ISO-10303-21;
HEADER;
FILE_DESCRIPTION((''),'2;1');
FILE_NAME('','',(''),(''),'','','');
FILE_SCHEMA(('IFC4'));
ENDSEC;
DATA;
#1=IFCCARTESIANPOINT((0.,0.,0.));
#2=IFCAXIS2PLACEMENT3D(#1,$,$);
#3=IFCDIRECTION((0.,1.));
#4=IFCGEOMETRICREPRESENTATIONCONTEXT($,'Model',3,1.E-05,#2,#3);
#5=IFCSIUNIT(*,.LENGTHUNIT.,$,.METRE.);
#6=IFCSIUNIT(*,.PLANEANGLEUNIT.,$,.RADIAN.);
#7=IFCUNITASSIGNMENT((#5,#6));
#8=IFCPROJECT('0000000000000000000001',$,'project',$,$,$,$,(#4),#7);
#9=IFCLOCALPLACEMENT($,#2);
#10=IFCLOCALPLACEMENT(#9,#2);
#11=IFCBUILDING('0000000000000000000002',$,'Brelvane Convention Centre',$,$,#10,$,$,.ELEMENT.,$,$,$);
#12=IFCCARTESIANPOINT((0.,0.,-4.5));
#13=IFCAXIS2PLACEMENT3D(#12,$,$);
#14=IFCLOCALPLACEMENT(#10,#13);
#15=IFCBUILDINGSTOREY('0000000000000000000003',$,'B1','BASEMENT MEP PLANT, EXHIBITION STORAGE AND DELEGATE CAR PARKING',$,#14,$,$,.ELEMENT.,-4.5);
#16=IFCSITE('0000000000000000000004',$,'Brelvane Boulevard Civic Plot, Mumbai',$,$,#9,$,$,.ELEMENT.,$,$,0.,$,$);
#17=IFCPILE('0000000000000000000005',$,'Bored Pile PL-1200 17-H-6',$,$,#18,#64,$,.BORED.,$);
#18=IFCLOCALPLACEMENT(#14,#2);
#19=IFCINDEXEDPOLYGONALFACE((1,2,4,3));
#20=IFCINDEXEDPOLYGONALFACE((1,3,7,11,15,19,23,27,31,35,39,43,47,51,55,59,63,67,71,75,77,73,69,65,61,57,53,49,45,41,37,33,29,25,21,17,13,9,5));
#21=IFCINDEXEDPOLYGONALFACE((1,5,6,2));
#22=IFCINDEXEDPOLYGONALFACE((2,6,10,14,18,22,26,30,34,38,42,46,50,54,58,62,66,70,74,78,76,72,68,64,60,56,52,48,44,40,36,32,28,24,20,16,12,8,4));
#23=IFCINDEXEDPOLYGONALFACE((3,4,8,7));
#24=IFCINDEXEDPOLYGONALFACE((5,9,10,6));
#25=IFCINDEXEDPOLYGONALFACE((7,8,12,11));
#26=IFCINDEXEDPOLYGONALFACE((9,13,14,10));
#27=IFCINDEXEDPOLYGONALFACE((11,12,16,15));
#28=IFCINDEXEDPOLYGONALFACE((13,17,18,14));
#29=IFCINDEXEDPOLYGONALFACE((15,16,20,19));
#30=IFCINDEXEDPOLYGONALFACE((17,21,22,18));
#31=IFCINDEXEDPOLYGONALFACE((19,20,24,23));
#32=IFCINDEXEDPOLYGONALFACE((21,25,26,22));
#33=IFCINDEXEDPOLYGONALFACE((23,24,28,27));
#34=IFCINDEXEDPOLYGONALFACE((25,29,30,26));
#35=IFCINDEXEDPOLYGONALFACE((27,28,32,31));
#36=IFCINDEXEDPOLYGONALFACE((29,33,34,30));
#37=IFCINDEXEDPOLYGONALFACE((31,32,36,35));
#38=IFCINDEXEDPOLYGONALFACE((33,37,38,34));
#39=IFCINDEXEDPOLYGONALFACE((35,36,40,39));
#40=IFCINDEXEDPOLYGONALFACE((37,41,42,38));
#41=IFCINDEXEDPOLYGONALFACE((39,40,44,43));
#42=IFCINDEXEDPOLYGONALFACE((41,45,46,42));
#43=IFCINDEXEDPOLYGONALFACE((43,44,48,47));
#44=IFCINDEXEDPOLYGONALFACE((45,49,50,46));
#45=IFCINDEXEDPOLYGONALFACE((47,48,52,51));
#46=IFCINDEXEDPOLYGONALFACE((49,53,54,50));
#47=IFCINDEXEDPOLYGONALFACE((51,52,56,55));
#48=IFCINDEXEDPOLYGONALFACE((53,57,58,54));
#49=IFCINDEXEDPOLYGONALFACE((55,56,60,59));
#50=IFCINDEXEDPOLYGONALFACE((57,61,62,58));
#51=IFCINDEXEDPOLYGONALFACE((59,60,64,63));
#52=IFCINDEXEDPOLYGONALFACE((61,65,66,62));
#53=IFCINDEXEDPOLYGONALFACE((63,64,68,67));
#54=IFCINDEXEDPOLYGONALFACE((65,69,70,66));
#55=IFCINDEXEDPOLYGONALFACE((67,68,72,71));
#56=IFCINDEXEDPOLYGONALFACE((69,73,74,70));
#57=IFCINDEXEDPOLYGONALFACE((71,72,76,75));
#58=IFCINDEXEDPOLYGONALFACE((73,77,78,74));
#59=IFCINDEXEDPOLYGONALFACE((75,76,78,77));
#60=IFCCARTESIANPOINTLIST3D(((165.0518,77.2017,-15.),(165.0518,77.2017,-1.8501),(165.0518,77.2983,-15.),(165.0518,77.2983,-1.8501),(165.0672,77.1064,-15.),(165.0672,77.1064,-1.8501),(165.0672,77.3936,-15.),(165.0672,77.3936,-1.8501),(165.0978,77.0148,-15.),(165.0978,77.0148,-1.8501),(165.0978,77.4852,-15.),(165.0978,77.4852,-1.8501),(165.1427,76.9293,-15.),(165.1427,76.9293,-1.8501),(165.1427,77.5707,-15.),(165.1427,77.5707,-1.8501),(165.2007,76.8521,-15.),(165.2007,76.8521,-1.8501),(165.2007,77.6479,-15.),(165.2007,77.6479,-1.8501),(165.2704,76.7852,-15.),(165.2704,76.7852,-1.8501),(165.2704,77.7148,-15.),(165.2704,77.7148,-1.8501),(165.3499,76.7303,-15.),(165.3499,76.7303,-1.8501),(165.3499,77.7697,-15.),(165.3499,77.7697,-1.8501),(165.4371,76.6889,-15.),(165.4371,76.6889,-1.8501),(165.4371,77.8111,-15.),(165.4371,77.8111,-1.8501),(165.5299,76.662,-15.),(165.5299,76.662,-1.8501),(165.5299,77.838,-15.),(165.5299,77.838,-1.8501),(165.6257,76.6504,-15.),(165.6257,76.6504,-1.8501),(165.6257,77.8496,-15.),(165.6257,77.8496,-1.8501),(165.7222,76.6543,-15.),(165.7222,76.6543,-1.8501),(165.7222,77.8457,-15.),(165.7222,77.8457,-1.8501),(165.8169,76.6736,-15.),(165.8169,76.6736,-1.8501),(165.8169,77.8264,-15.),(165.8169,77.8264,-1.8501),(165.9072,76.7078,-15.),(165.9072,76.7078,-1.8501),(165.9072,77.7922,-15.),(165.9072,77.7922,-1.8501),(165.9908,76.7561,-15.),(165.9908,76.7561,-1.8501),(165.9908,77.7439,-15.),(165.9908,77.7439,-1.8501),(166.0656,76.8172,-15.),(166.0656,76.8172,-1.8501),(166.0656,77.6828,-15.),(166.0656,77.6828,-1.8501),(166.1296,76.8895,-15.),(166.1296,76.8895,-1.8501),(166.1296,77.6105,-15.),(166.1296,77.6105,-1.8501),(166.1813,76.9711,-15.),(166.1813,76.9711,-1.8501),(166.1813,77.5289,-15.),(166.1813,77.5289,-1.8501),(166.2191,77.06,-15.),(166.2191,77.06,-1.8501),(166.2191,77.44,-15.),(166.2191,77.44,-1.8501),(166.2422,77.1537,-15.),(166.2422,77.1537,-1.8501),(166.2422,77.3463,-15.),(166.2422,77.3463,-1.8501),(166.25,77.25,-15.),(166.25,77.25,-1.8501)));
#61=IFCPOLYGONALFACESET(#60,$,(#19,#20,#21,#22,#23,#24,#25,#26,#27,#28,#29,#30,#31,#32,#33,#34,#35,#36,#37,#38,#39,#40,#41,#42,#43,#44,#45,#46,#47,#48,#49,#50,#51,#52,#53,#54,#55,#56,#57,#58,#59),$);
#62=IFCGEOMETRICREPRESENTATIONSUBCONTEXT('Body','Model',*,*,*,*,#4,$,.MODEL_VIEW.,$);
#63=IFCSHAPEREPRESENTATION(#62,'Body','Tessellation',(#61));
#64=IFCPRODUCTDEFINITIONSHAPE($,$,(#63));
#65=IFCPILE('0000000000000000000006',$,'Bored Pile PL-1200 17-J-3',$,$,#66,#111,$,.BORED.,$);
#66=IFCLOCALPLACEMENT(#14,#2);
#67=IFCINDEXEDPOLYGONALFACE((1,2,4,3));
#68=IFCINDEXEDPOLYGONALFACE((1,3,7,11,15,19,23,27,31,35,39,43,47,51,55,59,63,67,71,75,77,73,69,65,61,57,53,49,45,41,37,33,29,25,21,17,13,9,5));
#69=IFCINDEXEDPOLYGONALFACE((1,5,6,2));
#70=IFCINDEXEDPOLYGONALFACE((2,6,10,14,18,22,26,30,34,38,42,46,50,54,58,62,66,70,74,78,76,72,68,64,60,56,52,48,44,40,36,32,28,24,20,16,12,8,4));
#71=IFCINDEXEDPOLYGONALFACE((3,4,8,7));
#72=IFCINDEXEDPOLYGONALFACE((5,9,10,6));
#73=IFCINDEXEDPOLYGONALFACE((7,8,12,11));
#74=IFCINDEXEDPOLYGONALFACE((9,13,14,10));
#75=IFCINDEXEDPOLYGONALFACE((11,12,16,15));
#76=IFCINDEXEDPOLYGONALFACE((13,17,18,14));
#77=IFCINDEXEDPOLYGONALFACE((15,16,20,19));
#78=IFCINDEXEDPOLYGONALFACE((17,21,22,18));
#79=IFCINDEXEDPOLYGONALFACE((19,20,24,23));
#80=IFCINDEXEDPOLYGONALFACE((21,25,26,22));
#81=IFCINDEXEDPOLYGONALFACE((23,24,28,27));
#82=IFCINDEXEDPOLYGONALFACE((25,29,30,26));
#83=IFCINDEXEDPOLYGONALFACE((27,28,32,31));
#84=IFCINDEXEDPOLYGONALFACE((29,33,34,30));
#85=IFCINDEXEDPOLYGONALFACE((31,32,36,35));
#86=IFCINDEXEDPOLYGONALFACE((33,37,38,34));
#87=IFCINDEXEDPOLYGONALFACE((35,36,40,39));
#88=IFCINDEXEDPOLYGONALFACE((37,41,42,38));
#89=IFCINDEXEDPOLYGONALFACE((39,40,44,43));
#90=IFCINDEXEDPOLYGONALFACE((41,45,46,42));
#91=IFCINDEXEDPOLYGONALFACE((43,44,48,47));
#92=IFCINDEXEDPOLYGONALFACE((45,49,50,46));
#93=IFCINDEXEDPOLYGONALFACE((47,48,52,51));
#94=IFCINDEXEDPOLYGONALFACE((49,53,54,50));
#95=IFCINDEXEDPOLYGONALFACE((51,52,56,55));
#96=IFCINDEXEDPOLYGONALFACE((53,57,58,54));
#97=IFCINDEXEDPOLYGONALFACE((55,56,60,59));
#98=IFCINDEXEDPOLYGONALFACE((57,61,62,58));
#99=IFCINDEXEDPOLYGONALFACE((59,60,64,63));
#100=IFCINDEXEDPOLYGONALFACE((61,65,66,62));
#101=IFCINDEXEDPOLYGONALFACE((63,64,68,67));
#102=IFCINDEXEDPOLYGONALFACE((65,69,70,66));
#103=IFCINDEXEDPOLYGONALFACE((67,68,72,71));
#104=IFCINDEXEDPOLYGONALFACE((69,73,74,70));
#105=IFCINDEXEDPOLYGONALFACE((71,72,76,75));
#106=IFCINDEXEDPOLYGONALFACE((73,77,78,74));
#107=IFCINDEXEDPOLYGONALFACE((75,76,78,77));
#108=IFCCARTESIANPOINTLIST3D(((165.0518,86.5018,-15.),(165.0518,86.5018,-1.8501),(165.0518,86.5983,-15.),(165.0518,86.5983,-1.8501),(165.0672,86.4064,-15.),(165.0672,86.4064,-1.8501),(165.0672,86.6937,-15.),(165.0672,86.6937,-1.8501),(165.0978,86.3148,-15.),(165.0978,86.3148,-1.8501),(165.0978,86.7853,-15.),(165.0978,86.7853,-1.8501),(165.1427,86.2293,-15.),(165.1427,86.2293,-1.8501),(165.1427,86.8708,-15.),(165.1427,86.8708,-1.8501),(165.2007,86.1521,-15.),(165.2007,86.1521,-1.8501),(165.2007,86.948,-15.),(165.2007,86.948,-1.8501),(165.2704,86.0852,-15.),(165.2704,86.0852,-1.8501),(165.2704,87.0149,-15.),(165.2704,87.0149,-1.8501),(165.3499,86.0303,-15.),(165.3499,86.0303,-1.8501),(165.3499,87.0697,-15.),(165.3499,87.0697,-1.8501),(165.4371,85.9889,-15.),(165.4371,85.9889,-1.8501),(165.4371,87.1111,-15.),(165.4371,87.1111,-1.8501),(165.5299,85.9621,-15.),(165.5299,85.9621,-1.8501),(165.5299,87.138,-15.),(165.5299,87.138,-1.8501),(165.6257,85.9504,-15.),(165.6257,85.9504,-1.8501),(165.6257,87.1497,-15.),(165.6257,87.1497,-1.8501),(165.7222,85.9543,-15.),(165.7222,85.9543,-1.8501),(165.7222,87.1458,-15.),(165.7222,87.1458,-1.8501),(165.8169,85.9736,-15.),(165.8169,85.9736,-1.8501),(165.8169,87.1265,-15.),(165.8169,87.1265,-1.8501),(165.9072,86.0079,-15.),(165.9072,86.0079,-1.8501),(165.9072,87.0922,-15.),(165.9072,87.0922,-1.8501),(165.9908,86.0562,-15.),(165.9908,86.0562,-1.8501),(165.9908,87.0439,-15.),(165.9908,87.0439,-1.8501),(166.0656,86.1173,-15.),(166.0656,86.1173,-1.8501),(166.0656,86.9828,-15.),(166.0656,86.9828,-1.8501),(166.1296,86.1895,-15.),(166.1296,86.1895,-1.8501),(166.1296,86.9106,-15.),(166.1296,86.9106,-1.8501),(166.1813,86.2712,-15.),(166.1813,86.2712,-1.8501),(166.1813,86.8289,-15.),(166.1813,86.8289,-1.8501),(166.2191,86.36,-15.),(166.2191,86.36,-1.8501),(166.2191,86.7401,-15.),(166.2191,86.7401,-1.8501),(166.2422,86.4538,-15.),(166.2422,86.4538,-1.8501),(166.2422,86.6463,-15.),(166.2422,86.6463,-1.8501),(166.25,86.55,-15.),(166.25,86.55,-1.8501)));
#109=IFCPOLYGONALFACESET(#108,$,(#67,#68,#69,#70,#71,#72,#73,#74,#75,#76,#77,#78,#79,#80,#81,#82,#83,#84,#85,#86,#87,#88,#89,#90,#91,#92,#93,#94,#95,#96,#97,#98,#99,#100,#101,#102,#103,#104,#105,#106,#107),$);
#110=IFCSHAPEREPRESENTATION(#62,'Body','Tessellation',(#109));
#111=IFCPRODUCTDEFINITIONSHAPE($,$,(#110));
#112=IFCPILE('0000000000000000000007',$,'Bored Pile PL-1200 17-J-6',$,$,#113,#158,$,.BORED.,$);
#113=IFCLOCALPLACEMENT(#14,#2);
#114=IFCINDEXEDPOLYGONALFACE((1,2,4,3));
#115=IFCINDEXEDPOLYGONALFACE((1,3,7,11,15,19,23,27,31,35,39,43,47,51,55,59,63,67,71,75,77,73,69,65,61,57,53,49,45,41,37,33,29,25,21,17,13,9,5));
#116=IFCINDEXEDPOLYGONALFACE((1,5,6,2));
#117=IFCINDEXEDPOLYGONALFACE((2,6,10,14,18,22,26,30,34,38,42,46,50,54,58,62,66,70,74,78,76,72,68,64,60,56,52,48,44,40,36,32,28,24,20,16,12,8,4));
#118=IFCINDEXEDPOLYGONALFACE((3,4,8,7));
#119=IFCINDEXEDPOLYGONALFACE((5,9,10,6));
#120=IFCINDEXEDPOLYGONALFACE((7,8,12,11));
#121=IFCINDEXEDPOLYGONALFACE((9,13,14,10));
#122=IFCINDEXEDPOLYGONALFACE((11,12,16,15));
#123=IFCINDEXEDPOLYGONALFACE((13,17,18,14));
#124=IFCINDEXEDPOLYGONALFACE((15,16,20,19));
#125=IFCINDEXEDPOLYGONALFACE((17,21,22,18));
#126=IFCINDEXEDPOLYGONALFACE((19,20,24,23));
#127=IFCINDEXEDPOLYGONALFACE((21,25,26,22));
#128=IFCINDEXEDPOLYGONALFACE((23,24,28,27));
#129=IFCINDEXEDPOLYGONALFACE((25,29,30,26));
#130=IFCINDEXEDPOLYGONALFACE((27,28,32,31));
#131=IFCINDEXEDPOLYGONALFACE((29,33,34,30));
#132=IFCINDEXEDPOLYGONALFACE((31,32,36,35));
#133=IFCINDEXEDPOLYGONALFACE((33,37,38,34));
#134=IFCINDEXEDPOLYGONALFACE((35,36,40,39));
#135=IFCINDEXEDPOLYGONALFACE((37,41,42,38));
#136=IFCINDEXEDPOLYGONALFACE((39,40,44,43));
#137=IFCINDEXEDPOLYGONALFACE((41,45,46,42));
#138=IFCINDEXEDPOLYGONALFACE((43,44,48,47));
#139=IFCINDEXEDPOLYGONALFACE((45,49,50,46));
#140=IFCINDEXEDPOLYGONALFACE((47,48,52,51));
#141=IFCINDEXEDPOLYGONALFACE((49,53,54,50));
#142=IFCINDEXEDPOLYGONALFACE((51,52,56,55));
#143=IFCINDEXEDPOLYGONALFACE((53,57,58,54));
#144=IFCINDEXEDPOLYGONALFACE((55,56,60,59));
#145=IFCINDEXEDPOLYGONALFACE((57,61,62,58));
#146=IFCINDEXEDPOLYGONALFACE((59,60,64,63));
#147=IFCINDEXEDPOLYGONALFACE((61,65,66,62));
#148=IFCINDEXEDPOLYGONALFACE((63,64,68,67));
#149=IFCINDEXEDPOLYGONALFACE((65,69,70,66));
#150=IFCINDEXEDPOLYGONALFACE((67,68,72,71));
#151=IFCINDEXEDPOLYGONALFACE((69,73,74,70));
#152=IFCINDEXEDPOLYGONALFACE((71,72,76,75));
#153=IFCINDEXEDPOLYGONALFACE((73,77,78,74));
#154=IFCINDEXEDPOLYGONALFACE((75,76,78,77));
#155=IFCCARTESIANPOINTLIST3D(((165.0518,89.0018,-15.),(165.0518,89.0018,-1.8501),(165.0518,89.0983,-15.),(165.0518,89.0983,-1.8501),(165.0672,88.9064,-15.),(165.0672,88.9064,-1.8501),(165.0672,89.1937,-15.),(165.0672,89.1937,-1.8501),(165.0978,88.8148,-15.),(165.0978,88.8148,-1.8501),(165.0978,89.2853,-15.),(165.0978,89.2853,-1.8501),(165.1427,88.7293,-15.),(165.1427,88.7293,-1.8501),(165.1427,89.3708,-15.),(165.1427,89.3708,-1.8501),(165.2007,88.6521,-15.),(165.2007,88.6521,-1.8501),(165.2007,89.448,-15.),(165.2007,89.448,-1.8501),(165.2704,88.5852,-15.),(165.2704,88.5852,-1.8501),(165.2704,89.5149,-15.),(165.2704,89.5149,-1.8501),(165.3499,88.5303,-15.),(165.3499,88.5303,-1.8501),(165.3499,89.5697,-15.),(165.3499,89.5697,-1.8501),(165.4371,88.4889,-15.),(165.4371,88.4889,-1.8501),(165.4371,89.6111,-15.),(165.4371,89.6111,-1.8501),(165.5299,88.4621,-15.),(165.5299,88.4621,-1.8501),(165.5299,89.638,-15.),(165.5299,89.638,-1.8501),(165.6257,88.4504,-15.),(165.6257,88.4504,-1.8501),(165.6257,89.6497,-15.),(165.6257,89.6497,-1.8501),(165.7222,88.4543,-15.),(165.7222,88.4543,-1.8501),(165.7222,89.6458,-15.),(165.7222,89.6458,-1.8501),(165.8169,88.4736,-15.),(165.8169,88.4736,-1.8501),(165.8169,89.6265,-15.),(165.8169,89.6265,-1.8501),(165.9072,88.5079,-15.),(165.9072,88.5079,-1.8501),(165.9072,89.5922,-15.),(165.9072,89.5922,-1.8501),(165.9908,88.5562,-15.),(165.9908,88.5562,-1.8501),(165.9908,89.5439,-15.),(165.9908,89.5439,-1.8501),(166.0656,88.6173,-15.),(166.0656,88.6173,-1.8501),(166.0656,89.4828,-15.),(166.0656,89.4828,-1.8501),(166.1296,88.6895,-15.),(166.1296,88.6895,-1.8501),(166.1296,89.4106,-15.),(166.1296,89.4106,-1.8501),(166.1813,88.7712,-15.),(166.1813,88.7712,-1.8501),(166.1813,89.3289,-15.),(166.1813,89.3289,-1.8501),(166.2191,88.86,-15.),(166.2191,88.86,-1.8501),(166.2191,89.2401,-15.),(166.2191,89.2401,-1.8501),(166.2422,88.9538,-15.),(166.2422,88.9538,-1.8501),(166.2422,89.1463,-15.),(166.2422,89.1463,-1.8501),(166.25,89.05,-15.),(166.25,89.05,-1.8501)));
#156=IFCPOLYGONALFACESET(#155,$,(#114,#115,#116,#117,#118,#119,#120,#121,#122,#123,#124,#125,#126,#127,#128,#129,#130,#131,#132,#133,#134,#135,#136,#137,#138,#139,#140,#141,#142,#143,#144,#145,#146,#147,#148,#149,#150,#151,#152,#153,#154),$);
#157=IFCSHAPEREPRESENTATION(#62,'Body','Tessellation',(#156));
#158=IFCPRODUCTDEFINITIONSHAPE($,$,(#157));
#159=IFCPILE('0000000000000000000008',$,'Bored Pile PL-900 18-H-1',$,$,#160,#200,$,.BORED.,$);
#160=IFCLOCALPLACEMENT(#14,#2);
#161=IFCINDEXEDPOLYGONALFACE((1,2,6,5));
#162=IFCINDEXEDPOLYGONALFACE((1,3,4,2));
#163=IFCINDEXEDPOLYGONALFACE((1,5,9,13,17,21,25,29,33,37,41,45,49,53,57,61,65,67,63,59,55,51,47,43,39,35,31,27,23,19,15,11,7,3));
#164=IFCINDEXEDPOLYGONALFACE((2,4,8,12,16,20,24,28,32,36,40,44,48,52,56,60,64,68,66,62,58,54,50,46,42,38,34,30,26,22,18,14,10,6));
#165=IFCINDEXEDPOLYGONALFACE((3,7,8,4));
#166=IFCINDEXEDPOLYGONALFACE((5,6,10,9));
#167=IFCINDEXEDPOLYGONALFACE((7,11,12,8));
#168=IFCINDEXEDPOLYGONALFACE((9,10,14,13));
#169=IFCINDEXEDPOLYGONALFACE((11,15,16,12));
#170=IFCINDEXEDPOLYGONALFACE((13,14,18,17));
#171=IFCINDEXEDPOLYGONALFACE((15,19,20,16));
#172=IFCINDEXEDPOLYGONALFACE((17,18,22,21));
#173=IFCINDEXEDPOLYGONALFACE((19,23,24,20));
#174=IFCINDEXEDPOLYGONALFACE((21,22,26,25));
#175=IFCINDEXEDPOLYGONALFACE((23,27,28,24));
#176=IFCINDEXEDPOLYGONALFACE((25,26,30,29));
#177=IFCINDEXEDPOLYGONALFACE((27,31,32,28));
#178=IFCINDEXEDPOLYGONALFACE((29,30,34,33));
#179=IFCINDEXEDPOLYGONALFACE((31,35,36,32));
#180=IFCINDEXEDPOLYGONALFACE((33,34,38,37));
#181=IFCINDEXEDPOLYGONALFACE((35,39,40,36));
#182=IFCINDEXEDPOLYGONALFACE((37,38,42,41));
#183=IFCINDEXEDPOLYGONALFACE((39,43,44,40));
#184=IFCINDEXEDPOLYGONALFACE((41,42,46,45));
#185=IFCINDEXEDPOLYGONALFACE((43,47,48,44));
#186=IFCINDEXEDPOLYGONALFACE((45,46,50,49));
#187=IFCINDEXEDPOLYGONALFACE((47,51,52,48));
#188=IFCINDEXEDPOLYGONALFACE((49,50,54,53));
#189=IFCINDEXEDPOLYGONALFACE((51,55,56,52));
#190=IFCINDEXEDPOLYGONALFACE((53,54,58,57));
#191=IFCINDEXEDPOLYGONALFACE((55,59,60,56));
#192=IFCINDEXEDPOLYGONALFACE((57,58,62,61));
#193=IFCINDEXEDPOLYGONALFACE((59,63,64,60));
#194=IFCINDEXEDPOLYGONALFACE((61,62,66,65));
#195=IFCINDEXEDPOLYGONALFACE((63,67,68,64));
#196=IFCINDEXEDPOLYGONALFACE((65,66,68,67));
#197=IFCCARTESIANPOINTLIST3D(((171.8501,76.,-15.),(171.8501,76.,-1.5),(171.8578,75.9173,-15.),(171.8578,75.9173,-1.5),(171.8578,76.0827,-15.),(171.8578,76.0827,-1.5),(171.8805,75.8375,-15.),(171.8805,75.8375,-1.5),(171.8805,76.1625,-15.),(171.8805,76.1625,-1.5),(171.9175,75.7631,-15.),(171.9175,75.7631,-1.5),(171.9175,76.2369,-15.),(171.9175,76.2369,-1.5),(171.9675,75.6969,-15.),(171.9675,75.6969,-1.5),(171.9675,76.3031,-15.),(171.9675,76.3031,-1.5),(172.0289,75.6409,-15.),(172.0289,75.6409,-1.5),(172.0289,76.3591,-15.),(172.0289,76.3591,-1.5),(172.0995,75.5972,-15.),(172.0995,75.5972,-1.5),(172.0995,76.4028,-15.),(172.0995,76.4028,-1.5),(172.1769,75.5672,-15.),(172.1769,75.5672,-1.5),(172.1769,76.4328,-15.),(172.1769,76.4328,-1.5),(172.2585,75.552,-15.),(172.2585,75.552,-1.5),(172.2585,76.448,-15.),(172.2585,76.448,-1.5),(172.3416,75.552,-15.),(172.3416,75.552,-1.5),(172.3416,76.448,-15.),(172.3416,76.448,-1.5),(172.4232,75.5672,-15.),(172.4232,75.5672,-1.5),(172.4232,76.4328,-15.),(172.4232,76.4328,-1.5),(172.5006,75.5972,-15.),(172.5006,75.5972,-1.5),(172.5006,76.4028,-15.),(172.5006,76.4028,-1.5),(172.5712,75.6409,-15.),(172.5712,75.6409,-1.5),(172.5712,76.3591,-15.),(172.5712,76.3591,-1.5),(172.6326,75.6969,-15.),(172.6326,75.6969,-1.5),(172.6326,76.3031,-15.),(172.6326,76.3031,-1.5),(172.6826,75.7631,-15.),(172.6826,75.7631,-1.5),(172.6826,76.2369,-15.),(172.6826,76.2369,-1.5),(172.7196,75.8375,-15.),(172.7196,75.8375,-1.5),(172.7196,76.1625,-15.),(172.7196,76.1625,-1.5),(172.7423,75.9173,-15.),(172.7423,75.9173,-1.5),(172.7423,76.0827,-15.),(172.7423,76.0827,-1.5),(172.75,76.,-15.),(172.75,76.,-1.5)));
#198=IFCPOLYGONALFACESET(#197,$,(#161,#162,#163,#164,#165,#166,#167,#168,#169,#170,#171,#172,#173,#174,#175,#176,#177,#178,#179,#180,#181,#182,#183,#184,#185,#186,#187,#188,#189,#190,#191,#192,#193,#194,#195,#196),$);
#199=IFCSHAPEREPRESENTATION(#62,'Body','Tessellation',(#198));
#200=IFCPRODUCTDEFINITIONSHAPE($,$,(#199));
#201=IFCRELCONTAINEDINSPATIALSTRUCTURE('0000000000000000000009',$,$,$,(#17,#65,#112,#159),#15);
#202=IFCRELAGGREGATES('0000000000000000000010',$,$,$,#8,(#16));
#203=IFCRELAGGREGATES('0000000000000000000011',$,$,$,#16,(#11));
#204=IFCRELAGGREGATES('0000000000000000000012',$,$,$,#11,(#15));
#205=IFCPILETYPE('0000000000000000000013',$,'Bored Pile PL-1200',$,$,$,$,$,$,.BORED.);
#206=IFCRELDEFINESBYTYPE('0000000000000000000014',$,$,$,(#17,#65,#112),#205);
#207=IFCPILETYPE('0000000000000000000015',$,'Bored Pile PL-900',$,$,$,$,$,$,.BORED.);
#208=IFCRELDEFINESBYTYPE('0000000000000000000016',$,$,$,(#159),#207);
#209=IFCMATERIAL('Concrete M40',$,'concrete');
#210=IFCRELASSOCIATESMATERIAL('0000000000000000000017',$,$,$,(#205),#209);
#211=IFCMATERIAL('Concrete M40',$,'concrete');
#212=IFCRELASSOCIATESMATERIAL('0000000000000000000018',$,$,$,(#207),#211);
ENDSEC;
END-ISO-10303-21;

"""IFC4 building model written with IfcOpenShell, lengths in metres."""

from ifc_helpers import new_model, si_unit, direction, frame, origin, origin_2d, place, context, subcontext, project, spatial, circle, extrude, material, material_profile, profile_set, type_object, element, save


model = new_model("IFC4")

# Units and contexts
model_context = context("Model", 3, precision=1e-05, world=origin(), true_north=direction((0.0, 1.0)))
body_context = subcontext(model_context, "Body", "Model", "MODEL_VIEW")
ifc_project = project(units=[si_unit("LENGTHUNIT", "METRE"), si_unit("PLANEANGLEUNIT", "RADIAN")], contexts=[model_context])

# Site, building, storey
site_placement = place(None, origin())
site = spatial("IfcSite", under=ifc_project, at=site_placement, Name="Brelvane Boulevard Civic Plot, Mumbai", CompositionType="ELEMENT", RefElevation=0.0)
building_placement = place(site_placement, origin())
building = spatial("IfcBuilding", under=site, at=building_placement, Name="Brelvane Convention Centre", CompositionType="ELEMENT")
storey_placement = place(building_placement, frame((0.0, 0.0, -4.5)))
storey = spatial("IfcBuildingStorey", under=building, at=storey_placement, Name="B1", Description="BASEMENT MEP PLANT, EXHIBITION STORAGE AND DELEGATE CAR PARKING", CompositionType="ELEMENT", Elevation=-4.5)

# Piles
ifc_material_1 = material(Name="Concrete M40", Category="concrete")
ifc_material_profile_1 = material_profile(ifc_material_1, circle(Radius=0.6001, at=origin_2d()), Name="PILE D1200")
ifc_profile_set_1 = profile_set([ifc_material_profile_1], Name="Concrete M40")
pile_type_1 = type_object("IfcPileType", Name="Bored Pile PL-1200", PredefinedType="BORED", material=ifc_profile_set_1)
for number, where, z_axis, x_axis, name in (
    (1, (165.6499, 77.25, -1.8501), (0.0, 0.0, -1.0), (1.0, 0.0, 0.0), "Bored Pile PL-1200 17-H-6"),
    (2, (165.6499, 86.55, -1.8501), (0.0, 0.0, -1.0), (1.0, 0.0, 0.0), "Bored Pile PL-1200 17-J-3"),
    (3, (165.6499, 89.05, -1.8501), (0.0, 0.0, -1.0), (1.0, 0.0, 0.0), "Bored Pile PL-1200 17-J-6"),
):
    element("IfcPile", number, at=place(storey_placement, frame(where, z_axis=z_axis, x_axis=x_axis)), inside=storey, type_object=pile_type_1, Name=name, PredefinedType="BORED", context=body_context, shape_type="SweptSolid", body=[
        extrude(circle(Radius=0.6001, at=origin_2d()), origin(), (0.0, 0.0, 1.0), 13.1499),
    ])
ifc_material_2 = material(Name="Concrete M40", Category="concrete")
ifc_material_profile_2 = material_profile(ifc_material_2, circle(Radius=0.45, at=origin_2d()), Name="PILE D900")
ifc_profile_set_2 = profile_set([ifc_material_profile_2], Name="Concrete M40")
pile_type_2 = type_object("IfcPileType", Name="Bored Pile PL-900", PredefinedType="BORED", material=ifc_profile_set_2)
for number, where, z_axis, x_axis, name in (
    (4, (172.3, 76.0, -1.5), (0.0, 0.0, -1.0), (1.0, 0.0, 0.0), "Bored Pile PL-900 18-H-1"),
):
    element("IfcPile", number, at=place(storey_placement, frame(where, z_axis=z_axis, x_axis=x_axis)), inside=storey, type_object=pile_type_2, Name=name, PredefinedType="BORED", context=body_context, shape_type="SweptSolid", body=[
        extrude(circle(Radius=0.45, at=origin_2d()), origin(), (0.0, 0.0, 1.0), 13.5),
    ])

save(model, "model.ifc")
